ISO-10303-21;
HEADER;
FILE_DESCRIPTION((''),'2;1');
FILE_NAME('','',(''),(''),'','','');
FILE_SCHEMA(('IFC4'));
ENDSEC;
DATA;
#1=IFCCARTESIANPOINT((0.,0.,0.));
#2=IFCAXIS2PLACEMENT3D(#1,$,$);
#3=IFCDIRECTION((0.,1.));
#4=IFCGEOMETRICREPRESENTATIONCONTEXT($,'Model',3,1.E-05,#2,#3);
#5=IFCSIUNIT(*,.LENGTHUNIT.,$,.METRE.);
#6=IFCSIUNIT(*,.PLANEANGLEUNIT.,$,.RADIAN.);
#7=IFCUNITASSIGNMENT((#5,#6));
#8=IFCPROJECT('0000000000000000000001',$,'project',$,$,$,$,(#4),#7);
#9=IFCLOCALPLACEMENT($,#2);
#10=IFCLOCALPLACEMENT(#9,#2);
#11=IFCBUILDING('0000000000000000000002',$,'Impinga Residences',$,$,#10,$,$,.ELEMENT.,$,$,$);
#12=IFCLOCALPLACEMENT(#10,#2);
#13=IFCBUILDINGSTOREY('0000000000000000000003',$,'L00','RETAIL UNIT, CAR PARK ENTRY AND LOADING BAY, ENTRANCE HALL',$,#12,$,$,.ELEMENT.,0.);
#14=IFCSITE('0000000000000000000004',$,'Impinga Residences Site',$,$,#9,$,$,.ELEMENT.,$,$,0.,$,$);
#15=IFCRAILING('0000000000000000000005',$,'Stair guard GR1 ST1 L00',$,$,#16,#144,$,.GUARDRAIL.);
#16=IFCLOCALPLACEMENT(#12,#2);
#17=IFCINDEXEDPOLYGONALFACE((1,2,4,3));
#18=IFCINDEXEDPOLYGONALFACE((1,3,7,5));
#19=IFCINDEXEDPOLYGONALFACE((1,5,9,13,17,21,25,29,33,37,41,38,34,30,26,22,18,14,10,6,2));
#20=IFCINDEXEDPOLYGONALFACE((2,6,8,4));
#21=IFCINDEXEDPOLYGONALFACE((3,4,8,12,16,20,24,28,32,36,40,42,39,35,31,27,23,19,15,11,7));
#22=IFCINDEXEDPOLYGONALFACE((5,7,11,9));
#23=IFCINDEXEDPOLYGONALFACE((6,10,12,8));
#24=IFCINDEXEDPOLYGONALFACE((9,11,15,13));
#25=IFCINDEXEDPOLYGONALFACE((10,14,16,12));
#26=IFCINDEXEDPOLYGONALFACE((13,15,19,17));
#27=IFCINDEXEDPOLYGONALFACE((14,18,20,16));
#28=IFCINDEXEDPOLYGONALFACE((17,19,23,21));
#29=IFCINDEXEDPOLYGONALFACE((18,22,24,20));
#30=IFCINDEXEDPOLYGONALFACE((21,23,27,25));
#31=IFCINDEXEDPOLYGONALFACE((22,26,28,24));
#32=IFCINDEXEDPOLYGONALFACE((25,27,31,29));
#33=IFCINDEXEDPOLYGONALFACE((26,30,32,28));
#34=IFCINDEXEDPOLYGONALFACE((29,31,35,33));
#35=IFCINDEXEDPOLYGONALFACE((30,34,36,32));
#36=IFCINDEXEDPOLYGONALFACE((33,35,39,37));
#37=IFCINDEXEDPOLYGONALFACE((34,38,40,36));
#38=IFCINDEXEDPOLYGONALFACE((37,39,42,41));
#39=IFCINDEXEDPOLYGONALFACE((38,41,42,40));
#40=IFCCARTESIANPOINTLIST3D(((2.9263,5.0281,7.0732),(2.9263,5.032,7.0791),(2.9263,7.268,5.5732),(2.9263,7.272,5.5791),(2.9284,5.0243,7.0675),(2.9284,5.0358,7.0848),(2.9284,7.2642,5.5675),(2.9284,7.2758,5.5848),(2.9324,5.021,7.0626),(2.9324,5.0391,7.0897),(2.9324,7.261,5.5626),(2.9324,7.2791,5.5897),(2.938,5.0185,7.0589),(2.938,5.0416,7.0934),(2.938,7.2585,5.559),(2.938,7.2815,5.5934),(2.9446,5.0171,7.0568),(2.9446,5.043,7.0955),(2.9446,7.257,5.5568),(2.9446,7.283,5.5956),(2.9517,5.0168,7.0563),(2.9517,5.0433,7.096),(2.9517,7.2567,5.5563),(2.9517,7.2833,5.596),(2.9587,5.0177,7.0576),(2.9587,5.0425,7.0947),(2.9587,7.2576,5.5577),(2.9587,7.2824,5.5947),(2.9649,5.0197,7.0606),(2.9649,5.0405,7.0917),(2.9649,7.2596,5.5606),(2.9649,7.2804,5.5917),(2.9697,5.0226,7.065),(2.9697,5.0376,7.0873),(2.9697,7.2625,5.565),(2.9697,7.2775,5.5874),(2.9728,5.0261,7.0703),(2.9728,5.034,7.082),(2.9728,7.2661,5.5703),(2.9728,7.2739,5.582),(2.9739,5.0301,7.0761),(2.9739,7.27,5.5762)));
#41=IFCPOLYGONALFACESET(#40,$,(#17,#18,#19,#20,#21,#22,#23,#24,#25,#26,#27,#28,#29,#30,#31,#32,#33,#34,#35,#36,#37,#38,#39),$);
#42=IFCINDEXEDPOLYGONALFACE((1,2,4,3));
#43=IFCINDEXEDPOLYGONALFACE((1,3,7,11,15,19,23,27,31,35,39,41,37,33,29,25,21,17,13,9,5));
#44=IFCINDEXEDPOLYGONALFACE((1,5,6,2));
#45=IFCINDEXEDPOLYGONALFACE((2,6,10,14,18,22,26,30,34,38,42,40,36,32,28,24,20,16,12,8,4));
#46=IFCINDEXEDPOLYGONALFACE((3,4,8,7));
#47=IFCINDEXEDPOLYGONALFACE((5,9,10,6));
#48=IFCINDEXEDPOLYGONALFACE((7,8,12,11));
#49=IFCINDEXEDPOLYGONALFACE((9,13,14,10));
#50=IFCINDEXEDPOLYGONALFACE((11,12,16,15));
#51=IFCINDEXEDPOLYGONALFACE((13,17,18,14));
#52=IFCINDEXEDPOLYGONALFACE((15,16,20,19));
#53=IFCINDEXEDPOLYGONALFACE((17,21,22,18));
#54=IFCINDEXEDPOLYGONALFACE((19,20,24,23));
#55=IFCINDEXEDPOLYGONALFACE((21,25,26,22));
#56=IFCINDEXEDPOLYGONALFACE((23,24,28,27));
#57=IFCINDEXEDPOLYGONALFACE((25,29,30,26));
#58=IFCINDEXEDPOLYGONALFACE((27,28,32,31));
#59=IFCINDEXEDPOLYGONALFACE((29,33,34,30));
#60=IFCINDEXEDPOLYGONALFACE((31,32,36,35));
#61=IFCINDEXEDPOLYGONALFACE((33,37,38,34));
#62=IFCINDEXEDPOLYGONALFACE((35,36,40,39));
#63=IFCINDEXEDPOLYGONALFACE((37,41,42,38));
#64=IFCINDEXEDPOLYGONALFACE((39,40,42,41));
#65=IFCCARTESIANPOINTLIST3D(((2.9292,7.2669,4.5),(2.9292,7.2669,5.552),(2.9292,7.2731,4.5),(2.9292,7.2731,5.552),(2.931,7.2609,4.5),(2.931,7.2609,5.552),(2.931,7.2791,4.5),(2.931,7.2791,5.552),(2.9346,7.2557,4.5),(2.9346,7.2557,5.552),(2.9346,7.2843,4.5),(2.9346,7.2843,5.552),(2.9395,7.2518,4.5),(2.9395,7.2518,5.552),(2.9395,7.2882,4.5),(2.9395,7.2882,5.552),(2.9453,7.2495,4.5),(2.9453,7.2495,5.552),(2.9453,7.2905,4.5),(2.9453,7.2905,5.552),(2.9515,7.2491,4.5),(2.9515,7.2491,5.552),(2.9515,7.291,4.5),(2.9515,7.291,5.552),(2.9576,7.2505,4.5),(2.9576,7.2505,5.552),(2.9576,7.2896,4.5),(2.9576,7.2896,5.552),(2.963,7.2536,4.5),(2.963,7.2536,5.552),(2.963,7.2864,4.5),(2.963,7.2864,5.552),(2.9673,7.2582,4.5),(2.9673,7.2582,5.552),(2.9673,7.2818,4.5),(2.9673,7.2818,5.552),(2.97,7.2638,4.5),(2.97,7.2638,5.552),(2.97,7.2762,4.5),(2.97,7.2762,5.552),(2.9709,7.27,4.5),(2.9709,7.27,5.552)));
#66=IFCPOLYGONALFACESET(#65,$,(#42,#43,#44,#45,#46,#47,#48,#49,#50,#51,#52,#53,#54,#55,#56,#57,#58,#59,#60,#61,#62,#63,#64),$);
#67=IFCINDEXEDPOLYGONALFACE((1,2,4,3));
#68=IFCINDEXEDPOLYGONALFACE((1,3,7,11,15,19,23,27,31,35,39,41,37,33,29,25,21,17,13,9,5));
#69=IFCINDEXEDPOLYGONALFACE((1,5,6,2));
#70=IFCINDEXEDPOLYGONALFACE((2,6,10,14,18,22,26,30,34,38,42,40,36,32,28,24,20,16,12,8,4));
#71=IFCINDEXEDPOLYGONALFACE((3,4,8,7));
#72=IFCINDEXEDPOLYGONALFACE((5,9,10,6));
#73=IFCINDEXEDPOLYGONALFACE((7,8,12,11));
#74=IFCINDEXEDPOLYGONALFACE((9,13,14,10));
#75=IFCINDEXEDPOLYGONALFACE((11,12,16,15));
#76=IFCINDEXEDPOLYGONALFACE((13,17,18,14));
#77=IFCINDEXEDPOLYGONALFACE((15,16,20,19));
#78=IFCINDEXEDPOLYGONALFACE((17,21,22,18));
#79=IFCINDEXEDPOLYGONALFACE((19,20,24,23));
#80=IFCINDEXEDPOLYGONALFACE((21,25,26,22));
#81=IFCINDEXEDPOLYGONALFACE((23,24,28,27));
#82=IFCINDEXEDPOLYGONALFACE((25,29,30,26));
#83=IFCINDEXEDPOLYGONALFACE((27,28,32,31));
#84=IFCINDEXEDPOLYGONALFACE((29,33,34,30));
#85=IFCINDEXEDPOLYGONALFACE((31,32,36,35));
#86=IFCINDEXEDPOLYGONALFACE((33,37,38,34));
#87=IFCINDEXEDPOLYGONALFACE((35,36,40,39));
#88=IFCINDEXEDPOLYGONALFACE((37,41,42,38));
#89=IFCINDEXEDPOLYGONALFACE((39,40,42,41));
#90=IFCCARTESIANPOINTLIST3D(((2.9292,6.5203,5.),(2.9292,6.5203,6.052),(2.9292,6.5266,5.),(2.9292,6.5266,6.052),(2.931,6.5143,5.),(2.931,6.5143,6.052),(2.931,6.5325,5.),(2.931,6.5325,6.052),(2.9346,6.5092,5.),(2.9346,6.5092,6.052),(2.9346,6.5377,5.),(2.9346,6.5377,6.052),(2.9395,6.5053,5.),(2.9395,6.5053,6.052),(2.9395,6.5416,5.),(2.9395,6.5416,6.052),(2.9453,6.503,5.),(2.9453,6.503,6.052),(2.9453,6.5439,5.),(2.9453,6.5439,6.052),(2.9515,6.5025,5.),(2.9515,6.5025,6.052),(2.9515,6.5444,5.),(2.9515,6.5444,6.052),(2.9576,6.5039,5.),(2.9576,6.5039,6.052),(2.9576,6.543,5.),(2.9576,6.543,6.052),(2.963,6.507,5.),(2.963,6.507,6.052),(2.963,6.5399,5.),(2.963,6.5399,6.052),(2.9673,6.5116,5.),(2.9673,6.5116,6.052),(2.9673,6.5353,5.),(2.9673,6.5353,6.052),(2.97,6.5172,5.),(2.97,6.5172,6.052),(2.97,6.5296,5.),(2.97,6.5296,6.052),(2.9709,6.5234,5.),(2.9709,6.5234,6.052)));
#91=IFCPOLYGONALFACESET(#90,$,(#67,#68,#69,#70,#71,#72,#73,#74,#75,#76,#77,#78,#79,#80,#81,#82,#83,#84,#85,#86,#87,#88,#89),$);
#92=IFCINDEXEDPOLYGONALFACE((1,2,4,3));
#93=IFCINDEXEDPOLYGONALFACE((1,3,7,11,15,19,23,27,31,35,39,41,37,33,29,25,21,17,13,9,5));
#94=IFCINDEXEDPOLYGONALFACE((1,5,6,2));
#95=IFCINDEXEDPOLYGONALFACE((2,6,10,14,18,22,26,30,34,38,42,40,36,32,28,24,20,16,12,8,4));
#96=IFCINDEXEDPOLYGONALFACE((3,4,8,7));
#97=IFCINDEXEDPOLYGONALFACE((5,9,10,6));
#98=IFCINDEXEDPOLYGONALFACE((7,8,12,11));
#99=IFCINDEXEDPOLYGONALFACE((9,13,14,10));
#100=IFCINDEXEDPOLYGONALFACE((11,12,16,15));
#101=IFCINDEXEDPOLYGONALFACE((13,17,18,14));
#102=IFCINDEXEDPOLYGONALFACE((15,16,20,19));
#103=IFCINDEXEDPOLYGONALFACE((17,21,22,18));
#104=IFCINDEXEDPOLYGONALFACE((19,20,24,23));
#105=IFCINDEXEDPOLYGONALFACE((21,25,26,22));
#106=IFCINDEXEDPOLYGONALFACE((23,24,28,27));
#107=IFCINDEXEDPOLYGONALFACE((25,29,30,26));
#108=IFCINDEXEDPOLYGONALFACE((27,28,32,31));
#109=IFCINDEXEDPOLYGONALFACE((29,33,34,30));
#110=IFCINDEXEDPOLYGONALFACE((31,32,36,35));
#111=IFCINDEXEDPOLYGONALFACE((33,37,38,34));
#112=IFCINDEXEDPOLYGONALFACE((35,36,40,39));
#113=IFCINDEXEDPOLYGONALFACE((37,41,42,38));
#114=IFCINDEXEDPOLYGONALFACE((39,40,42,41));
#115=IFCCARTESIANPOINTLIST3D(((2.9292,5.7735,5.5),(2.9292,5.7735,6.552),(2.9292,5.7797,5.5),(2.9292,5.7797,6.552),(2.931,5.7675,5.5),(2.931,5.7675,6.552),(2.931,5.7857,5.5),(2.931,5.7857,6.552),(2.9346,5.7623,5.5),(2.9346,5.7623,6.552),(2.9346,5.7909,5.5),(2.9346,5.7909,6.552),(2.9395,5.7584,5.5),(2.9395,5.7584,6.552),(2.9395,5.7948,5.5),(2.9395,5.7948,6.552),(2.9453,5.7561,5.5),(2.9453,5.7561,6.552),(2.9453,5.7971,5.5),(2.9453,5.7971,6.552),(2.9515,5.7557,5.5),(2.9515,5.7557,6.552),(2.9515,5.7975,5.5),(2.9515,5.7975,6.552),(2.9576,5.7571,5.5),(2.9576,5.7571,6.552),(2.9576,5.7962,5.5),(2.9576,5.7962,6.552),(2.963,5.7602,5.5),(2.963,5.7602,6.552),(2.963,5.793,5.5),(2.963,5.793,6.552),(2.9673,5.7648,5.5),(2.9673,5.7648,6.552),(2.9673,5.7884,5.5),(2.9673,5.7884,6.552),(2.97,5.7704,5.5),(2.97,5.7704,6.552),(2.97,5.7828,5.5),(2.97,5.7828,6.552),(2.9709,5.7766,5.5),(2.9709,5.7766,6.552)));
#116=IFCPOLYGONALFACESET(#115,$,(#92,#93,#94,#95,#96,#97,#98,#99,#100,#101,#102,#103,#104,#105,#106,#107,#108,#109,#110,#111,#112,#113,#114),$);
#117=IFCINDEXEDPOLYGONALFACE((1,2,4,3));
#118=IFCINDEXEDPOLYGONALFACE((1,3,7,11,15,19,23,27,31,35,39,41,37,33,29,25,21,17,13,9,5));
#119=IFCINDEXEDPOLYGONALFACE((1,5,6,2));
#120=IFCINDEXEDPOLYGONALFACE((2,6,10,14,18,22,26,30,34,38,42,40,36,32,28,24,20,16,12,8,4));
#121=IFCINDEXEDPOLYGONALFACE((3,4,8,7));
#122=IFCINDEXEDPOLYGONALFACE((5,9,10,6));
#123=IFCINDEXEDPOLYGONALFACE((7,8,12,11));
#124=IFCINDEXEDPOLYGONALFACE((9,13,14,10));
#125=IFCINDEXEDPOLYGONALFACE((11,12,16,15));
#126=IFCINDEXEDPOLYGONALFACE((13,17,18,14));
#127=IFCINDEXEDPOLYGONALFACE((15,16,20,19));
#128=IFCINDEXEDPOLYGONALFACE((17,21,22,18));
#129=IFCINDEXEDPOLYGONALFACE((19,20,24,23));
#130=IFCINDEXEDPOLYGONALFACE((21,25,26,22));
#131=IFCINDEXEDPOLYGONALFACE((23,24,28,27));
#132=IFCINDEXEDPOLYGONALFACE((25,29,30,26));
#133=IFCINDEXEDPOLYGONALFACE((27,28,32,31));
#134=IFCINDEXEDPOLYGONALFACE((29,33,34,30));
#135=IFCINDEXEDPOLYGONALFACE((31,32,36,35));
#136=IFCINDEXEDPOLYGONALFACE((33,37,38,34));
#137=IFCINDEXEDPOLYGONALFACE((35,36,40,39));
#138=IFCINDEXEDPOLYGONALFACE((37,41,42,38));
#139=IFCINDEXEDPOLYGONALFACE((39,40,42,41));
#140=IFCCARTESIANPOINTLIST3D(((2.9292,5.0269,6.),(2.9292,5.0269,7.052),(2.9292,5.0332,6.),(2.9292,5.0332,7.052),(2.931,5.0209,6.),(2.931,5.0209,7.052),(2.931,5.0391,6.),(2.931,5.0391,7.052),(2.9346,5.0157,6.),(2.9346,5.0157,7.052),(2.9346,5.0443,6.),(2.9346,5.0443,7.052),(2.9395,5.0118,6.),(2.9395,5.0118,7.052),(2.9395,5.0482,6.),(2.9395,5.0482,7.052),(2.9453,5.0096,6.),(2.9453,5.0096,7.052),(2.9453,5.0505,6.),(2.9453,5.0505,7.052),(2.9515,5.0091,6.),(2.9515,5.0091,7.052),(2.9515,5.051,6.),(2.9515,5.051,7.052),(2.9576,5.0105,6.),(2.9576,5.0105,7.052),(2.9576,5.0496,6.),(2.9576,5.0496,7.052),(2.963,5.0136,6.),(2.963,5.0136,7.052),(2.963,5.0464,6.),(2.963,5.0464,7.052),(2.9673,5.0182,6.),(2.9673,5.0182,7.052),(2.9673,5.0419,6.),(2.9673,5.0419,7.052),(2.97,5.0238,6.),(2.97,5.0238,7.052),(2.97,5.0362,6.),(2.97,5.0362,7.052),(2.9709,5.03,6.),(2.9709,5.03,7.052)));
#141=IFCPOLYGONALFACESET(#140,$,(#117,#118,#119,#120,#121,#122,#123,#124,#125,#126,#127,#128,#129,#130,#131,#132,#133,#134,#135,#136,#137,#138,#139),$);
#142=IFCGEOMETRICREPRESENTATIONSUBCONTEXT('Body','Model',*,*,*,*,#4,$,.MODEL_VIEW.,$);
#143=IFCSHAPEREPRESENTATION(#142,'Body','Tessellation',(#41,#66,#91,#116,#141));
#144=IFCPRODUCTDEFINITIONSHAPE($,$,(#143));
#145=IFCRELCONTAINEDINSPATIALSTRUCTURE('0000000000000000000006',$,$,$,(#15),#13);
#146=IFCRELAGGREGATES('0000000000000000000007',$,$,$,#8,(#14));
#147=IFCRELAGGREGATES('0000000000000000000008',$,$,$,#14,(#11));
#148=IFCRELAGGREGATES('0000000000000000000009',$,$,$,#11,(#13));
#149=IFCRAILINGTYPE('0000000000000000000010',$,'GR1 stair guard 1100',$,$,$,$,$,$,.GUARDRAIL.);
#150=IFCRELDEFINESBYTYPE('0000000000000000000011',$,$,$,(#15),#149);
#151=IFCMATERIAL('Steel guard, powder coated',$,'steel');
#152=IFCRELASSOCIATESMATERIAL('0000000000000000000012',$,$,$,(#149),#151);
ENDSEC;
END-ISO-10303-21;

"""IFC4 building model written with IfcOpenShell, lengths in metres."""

from ifc_helpers import new_model, si_unit, direction, frame, origin, origin_2d, place, context, subcontext, project, spatial, circle, extrude, material, type_object, element, save


model = new_model("IFC4")

# Units and contexts
model_context = context("Model", 3, precision=1e-05, world=origin(), true_north=direction((0.0, 1.0)))
body_context = subcontext(model_context, "Body", "Model", "MODEL_VIEW")
ifc_project = project(units=[si_unit("LENGTHUNIT", "METRE"), si_unit("PLANEANGLEUNIT", "RADIAN")], contexts=[model_context])

# Site, building, storey
site_placement = place(None, origin())
site = spatial("IfcSite", under=ifc_project, at=site_placement, Name="Impinga Residences Site", CompositionType="ELEMENT", RefElevation=0.0)
building_placement = place(site_placement, origin())
building = spatial("IfcBuilding", under=site, at=building_placement, Name="Impinga Residences", CompositionType="ELEMENT")
storey_placement = place(building_placement, origin())
storey = spatial("IfcBuildingStorey", under=building, at=storey_placement, Name="L00", Description="RETAIL UNIT, CAR PARK ENTRY AND LOADING BAY, ENTRANCE HALL", CompositionType="ELEMENT", Elevation=0.0)

# Railing
ifc_material_1 = material(Name="Steel guard, powder coated", Category="steel")
railing_type_1 = type_object("IfcRailingType", Name="GR1 stair guard 1100", PredefinedType="GUARDRAIL", material=ifc_material_1)
for number, where, name in (
    (1, (2.95, 7.27, 4.5), "Stair guard GR1 ST1 L00"),
):
    element("IfcRailing", number, at=place(storey_placement, frame(where)), inside=storey, type_object=railing_type_1, Name=name, PredefinedType="GUARDRAIL", context=body_context, shape_type="SweptSolid", body=[
        extrude(circle(Radius=0.0239, at=origin_2d()), frame((0.0, 0.0, 1.0762), z_axis=(0.0, -0.830906, 0.556413), x_axis=(1.0, 0.0, 0.0)), (0.0, 0.0, 1.0), 2.6958),
        extrude(circle(Radius=0.021, at=origin_2d()), origin(), (0.0, 0.0, 1.0), 1.052),
        extrude(circle(Radius=0.021, at=origin_2d()), frame((0.0, -0.7466, 0.5)), (0.0, 0.0, 1.0), 1.052),
        extrude(circle(Radius=0.021, at=origin_2d()), frame((0.0, -1.4934, 1.0)), (0.0, 0.0, 1.0), 1.052),
        extrude(circle(Radius=0.021, at=origin_2d()), frame((0.0, -2.24, 1.5)), (0.0, 0.0, 1.0), 1.052),
    ])

save(model, "model.ifc")
